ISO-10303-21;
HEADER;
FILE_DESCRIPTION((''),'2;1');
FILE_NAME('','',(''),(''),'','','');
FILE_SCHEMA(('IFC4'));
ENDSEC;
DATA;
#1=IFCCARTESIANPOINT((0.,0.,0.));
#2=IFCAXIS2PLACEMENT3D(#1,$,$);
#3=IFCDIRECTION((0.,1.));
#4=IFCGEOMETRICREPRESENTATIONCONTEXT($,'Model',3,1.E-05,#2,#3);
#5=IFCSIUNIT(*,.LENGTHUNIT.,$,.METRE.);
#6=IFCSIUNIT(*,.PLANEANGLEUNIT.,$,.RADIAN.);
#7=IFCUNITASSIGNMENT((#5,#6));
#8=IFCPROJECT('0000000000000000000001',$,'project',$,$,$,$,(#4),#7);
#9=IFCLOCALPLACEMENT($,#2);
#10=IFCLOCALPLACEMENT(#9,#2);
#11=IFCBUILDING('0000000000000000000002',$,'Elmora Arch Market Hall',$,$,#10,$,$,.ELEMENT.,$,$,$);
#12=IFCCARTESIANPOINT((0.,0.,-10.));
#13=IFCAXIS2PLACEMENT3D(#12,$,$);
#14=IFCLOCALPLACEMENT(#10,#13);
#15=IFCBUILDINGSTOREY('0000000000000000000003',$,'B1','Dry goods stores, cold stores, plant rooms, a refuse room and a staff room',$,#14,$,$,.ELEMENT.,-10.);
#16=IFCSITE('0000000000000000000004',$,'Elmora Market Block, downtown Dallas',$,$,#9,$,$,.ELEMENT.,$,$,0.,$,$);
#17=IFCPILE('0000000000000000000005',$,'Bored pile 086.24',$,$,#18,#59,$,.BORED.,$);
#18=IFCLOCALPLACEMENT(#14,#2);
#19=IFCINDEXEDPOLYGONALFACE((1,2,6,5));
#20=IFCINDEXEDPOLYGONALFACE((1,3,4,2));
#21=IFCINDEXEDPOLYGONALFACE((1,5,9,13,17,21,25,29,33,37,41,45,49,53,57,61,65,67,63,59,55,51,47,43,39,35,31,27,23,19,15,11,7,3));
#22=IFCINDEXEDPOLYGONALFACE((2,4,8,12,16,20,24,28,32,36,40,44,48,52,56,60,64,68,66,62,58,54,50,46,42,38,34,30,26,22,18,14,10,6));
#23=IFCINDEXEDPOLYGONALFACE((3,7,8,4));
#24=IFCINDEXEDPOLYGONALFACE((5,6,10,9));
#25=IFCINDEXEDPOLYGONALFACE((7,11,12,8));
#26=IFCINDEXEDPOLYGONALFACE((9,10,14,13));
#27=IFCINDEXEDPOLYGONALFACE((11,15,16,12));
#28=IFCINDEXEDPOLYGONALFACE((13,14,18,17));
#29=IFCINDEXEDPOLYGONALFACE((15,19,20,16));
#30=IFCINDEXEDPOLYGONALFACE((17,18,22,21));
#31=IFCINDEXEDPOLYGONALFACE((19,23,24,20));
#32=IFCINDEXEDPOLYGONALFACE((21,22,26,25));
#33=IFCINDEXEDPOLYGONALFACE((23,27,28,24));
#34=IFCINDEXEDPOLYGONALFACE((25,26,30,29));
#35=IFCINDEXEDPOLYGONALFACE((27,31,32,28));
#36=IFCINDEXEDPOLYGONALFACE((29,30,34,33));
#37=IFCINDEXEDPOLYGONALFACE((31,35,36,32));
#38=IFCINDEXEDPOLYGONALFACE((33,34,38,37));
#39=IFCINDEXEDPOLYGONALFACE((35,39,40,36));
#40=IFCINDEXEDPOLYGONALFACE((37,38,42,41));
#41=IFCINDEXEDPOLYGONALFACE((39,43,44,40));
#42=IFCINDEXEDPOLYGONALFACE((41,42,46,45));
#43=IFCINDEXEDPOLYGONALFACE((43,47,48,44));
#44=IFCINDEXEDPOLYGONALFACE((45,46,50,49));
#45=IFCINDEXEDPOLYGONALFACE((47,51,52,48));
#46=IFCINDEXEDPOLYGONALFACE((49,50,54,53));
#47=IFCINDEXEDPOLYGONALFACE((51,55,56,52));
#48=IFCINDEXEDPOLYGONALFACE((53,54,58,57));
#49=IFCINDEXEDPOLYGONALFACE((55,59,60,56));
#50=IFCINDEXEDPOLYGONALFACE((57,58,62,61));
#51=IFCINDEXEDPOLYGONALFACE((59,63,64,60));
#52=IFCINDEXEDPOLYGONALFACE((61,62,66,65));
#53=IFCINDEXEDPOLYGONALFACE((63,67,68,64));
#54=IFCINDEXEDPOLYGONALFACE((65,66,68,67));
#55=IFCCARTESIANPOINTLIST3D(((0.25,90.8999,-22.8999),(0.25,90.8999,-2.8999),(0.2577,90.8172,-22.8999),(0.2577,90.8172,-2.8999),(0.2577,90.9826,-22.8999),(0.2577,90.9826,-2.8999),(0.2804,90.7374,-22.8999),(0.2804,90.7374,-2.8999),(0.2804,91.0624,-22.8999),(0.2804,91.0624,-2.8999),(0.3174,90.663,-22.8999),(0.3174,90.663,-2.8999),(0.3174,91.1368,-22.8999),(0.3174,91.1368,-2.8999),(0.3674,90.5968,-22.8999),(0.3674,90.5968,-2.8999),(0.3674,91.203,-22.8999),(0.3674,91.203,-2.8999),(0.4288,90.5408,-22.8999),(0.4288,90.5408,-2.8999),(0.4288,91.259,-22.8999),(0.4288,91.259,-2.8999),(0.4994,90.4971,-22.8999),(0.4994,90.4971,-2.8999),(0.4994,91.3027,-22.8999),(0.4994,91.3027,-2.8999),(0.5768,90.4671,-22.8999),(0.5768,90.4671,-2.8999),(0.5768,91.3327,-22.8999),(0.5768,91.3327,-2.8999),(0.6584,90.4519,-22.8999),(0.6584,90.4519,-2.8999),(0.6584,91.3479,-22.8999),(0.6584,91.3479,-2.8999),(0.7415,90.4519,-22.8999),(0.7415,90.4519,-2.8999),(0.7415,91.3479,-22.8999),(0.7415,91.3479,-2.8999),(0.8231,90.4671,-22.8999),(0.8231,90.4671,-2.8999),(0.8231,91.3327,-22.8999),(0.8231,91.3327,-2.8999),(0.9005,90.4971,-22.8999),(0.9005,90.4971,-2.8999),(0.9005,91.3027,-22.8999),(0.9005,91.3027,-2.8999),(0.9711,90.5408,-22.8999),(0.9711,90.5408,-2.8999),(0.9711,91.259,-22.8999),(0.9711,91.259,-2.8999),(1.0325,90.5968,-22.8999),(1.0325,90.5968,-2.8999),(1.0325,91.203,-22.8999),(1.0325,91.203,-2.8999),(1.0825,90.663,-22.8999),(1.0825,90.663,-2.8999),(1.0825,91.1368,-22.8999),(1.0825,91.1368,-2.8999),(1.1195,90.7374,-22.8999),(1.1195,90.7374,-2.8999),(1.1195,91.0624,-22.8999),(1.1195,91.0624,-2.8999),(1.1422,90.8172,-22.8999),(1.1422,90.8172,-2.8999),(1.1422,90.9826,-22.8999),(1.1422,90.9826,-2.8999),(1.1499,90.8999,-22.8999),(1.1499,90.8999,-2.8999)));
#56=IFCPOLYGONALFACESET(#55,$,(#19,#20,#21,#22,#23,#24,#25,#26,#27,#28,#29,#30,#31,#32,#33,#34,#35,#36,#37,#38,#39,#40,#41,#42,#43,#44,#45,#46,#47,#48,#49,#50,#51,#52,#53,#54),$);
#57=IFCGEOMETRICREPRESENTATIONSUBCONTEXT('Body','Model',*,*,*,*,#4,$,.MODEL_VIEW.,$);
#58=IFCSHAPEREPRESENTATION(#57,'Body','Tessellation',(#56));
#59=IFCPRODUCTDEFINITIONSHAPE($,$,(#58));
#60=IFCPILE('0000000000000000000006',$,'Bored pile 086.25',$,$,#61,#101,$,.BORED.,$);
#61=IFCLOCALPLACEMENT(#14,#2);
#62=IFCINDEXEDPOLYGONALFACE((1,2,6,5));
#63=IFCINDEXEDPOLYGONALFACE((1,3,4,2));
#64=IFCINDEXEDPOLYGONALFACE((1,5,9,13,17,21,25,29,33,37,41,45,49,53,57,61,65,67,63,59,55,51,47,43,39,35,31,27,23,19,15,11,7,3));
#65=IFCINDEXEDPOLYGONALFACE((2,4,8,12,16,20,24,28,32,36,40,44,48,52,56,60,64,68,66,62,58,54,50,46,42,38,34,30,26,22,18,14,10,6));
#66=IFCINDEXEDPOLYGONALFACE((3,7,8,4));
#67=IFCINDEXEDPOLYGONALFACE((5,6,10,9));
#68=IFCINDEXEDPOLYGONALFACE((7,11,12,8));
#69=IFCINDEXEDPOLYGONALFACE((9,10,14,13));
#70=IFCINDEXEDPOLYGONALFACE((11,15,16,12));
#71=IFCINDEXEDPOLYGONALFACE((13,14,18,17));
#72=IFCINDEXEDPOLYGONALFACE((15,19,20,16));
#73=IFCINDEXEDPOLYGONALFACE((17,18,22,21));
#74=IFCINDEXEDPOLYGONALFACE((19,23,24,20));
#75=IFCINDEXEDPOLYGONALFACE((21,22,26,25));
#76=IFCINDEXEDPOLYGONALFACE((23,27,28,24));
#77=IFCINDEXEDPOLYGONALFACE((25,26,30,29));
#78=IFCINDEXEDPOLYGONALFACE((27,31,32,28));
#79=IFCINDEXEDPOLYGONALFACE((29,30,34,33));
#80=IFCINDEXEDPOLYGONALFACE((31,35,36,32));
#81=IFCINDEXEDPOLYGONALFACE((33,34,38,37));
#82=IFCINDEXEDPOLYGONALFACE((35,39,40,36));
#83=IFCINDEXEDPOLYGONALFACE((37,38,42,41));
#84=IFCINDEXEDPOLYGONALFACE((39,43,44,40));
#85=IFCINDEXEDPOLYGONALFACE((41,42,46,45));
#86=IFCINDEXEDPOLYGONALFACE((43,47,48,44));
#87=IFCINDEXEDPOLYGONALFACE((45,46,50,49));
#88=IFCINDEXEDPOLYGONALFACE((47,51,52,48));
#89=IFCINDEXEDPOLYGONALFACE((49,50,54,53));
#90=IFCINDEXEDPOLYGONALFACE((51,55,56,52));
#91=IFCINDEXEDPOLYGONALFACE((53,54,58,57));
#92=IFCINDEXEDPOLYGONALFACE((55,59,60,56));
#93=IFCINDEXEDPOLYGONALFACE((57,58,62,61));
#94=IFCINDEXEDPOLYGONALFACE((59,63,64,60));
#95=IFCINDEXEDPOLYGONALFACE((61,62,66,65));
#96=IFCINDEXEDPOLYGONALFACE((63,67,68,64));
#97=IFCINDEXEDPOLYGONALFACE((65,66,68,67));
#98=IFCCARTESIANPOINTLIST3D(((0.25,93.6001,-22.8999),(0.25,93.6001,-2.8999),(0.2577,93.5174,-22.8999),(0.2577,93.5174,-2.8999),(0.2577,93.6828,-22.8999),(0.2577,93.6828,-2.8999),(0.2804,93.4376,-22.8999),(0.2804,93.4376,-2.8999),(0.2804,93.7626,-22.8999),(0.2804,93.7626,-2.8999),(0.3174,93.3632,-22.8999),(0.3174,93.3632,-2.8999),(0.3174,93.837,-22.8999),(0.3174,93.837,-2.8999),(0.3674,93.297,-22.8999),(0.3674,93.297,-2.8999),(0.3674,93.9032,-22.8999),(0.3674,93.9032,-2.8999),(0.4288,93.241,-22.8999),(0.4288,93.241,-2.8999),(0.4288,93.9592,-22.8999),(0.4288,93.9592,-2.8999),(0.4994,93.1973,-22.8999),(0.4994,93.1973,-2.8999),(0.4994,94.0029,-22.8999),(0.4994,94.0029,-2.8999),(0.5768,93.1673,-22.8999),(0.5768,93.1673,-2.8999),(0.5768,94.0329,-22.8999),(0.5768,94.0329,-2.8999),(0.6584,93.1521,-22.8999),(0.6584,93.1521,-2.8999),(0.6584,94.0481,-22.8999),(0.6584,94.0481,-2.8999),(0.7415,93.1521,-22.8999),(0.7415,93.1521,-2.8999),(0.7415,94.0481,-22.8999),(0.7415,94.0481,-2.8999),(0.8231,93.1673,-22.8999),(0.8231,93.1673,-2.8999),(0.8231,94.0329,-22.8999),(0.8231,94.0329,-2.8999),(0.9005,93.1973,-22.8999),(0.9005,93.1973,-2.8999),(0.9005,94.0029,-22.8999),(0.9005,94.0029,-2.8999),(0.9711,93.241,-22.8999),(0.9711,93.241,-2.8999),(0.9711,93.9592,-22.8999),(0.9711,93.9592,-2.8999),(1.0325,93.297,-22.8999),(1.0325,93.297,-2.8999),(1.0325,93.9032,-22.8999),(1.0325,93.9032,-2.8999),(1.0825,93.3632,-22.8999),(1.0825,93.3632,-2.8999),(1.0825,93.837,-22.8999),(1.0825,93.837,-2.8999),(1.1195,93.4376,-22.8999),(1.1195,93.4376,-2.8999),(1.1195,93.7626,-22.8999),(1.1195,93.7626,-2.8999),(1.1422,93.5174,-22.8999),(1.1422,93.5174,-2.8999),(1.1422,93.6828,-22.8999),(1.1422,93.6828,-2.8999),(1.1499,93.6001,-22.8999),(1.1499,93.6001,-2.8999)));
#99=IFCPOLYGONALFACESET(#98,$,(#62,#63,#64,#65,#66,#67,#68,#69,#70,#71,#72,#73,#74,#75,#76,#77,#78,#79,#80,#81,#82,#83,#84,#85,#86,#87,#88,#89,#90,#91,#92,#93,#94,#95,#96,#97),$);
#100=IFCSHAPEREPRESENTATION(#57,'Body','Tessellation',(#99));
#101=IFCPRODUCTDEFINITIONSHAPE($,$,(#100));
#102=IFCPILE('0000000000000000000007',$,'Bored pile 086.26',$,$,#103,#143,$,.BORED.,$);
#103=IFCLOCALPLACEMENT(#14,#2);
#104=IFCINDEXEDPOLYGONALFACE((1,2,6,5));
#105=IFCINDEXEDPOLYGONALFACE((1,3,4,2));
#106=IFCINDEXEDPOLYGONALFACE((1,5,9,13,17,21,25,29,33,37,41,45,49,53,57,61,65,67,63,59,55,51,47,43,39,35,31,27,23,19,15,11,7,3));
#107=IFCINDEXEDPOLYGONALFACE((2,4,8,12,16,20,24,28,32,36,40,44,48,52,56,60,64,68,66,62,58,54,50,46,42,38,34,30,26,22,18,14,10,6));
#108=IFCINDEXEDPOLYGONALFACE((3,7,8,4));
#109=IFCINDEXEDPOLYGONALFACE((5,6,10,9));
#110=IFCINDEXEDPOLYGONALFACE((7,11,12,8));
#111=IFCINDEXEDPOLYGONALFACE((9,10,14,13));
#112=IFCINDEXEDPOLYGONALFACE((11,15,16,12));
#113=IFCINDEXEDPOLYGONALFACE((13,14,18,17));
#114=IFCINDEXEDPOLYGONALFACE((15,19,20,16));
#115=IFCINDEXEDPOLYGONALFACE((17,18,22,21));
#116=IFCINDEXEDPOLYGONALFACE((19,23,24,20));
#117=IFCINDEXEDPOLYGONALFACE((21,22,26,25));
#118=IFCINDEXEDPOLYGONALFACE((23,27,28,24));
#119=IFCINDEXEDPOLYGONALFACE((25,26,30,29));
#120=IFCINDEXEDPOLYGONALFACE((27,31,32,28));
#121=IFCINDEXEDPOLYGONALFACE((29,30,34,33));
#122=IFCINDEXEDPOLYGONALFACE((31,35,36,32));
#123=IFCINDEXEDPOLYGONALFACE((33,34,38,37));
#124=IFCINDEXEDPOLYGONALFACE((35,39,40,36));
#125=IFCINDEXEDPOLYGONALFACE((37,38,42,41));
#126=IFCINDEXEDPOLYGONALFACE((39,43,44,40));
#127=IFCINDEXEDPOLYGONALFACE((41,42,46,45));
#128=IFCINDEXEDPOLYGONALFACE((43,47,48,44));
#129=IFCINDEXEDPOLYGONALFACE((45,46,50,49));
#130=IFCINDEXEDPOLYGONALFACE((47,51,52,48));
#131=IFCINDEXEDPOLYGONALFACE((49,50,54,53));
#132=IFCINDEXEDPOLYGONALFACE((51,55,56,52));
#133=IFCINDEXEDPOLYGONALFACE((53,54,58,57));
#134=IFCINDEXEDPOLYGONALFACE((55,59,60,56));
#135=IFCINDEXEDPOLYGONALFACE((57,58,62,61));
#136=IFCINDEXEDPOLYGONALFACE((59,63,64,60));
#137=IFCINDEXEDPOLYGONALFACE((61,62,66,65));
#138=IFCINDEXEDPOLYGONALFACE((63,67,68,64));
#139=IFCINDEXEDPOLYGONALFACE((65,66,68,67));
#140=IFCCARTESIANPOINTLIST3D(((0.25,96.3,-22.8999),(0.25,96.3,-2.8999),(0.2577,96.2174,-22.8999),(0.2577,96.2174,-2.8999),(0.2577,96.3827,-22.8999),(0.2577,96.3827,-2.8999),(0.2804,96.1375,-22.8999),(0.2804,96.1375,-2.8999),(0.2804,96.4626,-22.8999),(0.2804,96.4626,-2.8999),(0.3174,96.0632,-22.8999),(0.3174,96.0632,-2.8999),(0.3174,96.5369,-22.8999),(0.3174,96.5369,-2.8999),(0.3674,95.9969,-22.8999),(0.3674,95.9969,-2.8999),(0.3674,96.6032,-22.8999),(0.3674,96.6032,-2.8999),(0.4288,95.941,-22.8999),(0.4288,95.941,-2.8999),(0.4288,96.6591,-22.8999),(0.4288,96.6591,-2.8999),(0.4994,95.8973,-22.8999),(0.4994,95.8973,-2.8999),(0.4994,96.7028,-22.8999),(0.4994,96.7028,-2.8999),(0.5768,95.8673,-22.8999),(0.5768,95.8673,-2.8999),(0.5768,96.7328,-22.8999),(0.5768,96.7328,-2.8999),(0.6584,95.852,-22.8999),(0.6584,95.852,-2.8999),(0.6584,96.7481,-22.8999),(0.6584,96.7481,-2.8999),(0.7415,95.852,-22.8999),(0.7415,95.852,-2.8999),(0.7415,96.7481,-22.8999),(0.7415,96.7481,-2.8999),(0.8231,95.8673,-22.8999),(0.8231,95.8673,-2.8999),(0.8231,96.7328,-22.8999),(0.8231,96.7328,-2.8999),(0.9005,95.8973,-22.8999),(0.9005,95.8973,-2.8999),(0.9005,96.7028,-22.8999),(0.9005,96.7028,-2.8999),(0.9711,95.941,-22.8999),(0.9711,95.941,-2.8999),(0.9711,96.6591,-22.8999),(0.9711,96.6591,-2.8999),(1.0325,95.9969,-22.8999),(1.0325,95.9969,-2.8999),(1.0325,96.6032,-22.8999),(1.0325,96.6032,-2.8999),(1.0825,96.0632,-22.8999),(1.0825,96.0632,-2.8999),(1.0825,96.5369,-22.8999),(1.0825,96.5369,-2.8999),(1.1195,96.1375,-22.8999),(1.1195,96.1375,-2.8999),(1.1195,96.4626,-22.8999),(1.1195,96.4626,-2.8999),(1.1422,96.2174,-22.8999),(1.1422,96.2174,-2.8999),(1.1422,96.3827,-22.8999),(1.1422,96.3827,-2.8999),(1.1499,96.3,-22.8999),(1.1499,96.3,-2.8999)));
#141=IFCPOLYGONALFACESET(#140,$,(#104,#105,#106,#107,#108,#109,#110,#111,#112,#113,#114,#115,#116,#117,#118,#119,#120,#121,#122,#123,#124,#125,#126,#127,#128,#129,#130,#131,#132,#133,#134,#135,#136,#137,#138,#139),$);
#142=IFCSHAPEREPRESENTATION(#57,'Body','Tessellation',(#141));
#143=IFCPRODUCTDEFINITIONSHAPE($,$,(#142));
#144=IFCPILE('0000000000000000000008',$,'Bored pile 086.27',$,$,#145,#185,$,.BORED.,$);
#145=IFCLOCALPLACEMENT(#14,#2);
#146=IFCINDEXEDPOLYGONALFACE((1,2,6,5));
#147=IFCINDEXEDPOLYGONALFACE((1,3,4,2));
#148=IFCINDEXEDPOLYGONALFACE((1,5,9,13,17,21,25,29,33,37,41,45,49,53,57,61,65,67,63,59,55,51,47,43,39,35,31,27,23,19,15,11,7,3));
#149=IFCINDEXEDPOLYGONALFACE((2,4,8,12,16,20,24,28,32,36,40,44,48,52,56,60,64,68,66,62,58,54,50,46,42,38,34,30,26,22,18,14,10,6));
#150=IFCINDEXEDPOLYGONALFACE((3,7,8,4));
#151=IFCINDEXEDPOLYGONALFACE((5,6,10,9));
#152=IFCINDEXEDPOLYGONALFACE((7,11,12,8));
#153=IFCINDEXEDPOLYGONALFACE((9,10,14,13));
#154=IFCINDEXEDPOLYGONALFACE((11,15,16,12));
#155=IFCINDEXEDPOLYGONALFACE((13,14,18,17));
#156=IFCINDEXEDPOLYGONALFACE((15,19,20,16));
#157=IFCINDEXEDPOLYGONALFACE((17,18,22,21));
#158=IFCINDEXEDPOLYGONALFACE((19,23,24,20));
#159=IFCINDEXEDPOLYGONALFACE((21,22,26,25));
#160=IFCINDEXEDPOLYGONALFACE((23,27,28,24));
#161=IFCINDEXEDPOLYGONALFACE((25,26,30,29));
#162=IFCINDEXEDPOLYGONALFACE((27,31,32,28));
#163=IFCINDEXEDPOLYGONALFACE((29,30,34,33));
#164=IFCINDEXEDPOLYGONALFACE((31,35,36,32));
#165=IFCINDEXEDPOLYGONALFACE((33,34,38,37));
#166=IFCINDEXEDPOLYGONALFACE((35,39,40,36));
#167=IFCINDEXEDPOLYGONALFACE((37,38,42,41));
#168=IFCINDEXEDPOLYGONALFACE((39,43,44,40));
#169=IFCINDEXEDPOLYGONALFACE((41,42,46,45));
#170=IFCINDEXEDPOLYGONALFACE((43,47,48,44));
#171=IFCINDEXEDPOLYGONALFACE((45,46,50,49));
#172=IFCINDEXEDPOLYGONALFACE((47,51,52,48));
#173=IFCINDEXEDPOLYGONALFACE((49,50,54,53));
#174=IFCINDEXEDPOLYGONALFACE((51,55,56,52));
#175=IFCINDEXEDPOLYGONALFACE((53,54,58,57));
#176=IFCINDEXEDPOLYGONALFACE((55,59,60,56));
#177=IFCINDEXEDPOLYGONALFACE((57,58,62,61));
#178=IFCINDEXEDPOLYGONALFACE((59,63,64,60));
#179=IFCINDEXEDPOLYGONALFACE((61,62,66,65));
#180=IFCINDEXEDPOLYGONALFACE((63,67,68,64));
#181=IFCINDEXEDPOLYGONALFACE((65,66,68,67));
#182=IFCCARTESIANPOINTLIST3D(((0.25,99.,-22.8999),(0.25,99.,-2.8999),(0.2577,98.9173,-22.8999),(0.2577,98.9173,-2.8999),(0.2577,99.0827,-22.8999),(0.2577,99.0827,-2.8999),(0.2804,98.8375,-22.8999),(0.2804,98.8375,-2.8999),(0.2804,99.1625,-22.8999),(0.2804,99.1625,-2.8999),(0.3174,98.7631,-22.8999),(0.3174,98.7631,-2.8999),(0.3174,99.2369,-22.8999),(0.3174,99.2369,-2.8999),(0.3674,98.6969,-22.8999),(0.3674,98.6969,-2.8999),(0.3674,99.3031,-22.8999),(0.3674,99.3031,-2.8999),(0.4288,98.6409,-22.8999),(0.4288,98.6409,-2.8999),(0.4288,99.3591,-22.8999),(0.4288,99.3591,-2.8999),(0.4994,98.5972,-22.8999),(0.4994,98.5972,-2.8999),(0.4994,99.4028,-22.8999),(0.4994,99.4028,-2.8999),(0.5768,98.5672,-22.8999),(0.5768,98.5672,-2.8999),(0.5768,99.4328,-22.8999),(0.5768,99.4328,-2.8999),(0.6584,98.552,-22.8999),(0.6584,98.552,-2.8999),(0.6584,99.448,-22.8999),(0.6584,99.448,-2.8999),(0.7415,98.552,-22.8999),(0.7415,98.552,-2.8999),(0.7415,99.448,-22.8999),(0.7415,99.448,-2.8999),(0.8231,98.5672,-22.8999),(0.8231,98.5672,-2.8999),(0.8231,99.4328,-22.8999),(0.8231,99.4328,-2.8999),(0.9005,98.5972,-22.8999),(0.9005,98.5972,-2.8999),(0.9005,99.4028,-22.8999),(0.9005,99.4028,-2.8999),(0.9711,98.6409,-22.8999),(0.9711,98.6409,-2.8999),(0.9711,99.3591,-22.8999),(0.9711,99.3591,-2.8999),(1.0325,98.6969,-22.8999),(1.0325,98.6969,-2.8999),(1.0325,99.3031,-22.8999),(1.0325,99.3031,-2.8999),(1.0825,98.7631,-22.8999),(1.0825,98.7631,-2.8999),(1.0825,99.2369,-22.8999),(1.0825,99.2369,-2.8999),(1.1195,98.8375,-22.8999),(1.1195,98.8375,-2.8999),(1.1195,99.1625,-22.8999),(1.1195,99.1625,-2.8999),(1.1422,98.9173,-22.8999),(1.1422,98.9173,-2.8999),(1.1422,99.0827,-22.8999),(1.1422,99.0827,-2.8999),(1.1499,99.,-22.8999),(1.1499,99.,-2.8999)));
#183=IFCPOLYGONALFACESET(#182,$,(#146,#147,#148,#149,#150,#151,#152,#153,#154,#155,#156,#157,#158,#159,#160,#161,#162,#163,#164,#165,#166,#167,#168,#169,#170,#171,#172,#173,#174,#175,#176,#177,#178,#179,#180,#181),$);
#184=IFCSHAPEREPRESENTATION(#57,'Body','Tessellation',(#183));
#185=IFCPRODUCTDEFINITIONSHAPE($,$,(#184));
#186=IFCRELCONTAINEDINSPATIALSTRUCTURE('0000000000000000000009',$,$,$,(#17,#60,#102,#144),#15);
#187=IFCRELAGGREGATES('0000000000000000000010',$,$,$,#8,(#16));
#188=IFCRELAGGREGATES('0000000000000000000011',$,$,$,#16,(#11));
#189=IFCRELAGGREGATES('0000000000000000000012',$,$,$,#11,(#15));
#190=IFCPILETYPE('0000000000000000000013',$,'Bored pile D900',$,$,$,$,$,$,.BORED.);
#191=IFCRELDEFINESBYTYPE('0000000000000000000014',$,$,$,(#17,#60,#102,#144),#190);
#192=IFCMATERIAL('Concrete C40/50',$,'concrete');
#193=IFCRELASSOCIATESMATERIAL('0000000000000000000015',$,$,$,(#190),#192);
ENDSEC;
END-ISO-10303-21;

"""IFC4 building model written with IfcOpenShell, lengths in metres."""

from ifc_helpers import new_model, si_unit, direction, frame, origin, origin_2d, place, context, subcontext, project, spatial, circle, extrude, material, material_profile, profile_set, type_object, element, save


model = new_model("IFC4")

# Units and contexts
model_context = context("Model", 3, precision=1e-05, world=origin(), true_north=direction((0.0, 1.0)))
body_context = subcontext(model_context, "Body", "Model", "MODEL_VIEW")
ifc_project = project(units=[si_unit("LENGTHUNIT", "METRE"), si_unit("PLANEANGLEUNIT", "RADIAN")], contexts=[model_context])

# Site, building, storey
site_placement = place(None, origin())
site = spatial("IfcSite", under=ifc_project, at=site_placement, Name="Elmora Market Block, downtown Dallas", CompositionType="ELEMENT", RefElevation=0.0)
building_placement = place(site_placement, origin())
building = spatial("IfcBuilding", under=site, at=building_placement, Name="Elmora Arch Market Hall", CompositionType="ELEMENT")
storey_placement = place(building_placement, frame((0.0, 0.0, -10.0)))
storey = spatial("IfcBuildingStorey", under=building, at=storey_placement, Name="B1", Description="Dry goods stores, cold stores, plant rooms, a refuse room and a staff room", CompositionType="ELEMENT", Elevation=-10.0)

# Piles
ifc_material_1 = material(Name="Concrete C40/50", Category="concrete")
ifc_material_profile_1 = material_profile(ifc_material_1, circle(Radius=0.45, at=origin_2d()), Name="Bored pile D900")
ifc_profile_set_1 = profile_set([ifc_material_profile_1], Name="Concrete C40/50")
pile_type = type_object("IfcPileType", Name="Bored pile D900", PredefinedType="BORED", material=ifc_profile_set_1)
for number, where, z_axis, x_axis, name in (
    (1, (0.7, 90.8999, -2.8999), (0.0, 0.0, -1.0), (1.0, 0.0, 0.0), "Bored pile 086.24"),
    (2, (0.7, 93.6001, -2.8999), (0.0, 0.0, -1.0), (1.0, 0.0, 0.0), "Bored pile 086.25"),
    (3, (0.7, 96.3, -2.8999), (0.0, 0.0, -1.0), (1.0, 0.0, 0.0), "Bored pile 086.26"),
    (4, (0.7, 99.0, -2.8999), (0.0, 0.0, -1.0), (1.0, 0.0, 0.0), "Bored pile 086.27"),
):
    element("IfcPile", number, at=place(storey_placement, frame(where, z_axis=z_axis, x_axis=x_axis)), inside=storey, type_object=pile_type, Name=name, PredefinedType="BORED", context=body_context, shape_type="SweptSolid", body=[
        extrude(circle(Radius=0.45, at=origin_2d()), origin(), (0.0, 0.0, 1.0), 20.0),
    ])

save(model, "model.ifc")
